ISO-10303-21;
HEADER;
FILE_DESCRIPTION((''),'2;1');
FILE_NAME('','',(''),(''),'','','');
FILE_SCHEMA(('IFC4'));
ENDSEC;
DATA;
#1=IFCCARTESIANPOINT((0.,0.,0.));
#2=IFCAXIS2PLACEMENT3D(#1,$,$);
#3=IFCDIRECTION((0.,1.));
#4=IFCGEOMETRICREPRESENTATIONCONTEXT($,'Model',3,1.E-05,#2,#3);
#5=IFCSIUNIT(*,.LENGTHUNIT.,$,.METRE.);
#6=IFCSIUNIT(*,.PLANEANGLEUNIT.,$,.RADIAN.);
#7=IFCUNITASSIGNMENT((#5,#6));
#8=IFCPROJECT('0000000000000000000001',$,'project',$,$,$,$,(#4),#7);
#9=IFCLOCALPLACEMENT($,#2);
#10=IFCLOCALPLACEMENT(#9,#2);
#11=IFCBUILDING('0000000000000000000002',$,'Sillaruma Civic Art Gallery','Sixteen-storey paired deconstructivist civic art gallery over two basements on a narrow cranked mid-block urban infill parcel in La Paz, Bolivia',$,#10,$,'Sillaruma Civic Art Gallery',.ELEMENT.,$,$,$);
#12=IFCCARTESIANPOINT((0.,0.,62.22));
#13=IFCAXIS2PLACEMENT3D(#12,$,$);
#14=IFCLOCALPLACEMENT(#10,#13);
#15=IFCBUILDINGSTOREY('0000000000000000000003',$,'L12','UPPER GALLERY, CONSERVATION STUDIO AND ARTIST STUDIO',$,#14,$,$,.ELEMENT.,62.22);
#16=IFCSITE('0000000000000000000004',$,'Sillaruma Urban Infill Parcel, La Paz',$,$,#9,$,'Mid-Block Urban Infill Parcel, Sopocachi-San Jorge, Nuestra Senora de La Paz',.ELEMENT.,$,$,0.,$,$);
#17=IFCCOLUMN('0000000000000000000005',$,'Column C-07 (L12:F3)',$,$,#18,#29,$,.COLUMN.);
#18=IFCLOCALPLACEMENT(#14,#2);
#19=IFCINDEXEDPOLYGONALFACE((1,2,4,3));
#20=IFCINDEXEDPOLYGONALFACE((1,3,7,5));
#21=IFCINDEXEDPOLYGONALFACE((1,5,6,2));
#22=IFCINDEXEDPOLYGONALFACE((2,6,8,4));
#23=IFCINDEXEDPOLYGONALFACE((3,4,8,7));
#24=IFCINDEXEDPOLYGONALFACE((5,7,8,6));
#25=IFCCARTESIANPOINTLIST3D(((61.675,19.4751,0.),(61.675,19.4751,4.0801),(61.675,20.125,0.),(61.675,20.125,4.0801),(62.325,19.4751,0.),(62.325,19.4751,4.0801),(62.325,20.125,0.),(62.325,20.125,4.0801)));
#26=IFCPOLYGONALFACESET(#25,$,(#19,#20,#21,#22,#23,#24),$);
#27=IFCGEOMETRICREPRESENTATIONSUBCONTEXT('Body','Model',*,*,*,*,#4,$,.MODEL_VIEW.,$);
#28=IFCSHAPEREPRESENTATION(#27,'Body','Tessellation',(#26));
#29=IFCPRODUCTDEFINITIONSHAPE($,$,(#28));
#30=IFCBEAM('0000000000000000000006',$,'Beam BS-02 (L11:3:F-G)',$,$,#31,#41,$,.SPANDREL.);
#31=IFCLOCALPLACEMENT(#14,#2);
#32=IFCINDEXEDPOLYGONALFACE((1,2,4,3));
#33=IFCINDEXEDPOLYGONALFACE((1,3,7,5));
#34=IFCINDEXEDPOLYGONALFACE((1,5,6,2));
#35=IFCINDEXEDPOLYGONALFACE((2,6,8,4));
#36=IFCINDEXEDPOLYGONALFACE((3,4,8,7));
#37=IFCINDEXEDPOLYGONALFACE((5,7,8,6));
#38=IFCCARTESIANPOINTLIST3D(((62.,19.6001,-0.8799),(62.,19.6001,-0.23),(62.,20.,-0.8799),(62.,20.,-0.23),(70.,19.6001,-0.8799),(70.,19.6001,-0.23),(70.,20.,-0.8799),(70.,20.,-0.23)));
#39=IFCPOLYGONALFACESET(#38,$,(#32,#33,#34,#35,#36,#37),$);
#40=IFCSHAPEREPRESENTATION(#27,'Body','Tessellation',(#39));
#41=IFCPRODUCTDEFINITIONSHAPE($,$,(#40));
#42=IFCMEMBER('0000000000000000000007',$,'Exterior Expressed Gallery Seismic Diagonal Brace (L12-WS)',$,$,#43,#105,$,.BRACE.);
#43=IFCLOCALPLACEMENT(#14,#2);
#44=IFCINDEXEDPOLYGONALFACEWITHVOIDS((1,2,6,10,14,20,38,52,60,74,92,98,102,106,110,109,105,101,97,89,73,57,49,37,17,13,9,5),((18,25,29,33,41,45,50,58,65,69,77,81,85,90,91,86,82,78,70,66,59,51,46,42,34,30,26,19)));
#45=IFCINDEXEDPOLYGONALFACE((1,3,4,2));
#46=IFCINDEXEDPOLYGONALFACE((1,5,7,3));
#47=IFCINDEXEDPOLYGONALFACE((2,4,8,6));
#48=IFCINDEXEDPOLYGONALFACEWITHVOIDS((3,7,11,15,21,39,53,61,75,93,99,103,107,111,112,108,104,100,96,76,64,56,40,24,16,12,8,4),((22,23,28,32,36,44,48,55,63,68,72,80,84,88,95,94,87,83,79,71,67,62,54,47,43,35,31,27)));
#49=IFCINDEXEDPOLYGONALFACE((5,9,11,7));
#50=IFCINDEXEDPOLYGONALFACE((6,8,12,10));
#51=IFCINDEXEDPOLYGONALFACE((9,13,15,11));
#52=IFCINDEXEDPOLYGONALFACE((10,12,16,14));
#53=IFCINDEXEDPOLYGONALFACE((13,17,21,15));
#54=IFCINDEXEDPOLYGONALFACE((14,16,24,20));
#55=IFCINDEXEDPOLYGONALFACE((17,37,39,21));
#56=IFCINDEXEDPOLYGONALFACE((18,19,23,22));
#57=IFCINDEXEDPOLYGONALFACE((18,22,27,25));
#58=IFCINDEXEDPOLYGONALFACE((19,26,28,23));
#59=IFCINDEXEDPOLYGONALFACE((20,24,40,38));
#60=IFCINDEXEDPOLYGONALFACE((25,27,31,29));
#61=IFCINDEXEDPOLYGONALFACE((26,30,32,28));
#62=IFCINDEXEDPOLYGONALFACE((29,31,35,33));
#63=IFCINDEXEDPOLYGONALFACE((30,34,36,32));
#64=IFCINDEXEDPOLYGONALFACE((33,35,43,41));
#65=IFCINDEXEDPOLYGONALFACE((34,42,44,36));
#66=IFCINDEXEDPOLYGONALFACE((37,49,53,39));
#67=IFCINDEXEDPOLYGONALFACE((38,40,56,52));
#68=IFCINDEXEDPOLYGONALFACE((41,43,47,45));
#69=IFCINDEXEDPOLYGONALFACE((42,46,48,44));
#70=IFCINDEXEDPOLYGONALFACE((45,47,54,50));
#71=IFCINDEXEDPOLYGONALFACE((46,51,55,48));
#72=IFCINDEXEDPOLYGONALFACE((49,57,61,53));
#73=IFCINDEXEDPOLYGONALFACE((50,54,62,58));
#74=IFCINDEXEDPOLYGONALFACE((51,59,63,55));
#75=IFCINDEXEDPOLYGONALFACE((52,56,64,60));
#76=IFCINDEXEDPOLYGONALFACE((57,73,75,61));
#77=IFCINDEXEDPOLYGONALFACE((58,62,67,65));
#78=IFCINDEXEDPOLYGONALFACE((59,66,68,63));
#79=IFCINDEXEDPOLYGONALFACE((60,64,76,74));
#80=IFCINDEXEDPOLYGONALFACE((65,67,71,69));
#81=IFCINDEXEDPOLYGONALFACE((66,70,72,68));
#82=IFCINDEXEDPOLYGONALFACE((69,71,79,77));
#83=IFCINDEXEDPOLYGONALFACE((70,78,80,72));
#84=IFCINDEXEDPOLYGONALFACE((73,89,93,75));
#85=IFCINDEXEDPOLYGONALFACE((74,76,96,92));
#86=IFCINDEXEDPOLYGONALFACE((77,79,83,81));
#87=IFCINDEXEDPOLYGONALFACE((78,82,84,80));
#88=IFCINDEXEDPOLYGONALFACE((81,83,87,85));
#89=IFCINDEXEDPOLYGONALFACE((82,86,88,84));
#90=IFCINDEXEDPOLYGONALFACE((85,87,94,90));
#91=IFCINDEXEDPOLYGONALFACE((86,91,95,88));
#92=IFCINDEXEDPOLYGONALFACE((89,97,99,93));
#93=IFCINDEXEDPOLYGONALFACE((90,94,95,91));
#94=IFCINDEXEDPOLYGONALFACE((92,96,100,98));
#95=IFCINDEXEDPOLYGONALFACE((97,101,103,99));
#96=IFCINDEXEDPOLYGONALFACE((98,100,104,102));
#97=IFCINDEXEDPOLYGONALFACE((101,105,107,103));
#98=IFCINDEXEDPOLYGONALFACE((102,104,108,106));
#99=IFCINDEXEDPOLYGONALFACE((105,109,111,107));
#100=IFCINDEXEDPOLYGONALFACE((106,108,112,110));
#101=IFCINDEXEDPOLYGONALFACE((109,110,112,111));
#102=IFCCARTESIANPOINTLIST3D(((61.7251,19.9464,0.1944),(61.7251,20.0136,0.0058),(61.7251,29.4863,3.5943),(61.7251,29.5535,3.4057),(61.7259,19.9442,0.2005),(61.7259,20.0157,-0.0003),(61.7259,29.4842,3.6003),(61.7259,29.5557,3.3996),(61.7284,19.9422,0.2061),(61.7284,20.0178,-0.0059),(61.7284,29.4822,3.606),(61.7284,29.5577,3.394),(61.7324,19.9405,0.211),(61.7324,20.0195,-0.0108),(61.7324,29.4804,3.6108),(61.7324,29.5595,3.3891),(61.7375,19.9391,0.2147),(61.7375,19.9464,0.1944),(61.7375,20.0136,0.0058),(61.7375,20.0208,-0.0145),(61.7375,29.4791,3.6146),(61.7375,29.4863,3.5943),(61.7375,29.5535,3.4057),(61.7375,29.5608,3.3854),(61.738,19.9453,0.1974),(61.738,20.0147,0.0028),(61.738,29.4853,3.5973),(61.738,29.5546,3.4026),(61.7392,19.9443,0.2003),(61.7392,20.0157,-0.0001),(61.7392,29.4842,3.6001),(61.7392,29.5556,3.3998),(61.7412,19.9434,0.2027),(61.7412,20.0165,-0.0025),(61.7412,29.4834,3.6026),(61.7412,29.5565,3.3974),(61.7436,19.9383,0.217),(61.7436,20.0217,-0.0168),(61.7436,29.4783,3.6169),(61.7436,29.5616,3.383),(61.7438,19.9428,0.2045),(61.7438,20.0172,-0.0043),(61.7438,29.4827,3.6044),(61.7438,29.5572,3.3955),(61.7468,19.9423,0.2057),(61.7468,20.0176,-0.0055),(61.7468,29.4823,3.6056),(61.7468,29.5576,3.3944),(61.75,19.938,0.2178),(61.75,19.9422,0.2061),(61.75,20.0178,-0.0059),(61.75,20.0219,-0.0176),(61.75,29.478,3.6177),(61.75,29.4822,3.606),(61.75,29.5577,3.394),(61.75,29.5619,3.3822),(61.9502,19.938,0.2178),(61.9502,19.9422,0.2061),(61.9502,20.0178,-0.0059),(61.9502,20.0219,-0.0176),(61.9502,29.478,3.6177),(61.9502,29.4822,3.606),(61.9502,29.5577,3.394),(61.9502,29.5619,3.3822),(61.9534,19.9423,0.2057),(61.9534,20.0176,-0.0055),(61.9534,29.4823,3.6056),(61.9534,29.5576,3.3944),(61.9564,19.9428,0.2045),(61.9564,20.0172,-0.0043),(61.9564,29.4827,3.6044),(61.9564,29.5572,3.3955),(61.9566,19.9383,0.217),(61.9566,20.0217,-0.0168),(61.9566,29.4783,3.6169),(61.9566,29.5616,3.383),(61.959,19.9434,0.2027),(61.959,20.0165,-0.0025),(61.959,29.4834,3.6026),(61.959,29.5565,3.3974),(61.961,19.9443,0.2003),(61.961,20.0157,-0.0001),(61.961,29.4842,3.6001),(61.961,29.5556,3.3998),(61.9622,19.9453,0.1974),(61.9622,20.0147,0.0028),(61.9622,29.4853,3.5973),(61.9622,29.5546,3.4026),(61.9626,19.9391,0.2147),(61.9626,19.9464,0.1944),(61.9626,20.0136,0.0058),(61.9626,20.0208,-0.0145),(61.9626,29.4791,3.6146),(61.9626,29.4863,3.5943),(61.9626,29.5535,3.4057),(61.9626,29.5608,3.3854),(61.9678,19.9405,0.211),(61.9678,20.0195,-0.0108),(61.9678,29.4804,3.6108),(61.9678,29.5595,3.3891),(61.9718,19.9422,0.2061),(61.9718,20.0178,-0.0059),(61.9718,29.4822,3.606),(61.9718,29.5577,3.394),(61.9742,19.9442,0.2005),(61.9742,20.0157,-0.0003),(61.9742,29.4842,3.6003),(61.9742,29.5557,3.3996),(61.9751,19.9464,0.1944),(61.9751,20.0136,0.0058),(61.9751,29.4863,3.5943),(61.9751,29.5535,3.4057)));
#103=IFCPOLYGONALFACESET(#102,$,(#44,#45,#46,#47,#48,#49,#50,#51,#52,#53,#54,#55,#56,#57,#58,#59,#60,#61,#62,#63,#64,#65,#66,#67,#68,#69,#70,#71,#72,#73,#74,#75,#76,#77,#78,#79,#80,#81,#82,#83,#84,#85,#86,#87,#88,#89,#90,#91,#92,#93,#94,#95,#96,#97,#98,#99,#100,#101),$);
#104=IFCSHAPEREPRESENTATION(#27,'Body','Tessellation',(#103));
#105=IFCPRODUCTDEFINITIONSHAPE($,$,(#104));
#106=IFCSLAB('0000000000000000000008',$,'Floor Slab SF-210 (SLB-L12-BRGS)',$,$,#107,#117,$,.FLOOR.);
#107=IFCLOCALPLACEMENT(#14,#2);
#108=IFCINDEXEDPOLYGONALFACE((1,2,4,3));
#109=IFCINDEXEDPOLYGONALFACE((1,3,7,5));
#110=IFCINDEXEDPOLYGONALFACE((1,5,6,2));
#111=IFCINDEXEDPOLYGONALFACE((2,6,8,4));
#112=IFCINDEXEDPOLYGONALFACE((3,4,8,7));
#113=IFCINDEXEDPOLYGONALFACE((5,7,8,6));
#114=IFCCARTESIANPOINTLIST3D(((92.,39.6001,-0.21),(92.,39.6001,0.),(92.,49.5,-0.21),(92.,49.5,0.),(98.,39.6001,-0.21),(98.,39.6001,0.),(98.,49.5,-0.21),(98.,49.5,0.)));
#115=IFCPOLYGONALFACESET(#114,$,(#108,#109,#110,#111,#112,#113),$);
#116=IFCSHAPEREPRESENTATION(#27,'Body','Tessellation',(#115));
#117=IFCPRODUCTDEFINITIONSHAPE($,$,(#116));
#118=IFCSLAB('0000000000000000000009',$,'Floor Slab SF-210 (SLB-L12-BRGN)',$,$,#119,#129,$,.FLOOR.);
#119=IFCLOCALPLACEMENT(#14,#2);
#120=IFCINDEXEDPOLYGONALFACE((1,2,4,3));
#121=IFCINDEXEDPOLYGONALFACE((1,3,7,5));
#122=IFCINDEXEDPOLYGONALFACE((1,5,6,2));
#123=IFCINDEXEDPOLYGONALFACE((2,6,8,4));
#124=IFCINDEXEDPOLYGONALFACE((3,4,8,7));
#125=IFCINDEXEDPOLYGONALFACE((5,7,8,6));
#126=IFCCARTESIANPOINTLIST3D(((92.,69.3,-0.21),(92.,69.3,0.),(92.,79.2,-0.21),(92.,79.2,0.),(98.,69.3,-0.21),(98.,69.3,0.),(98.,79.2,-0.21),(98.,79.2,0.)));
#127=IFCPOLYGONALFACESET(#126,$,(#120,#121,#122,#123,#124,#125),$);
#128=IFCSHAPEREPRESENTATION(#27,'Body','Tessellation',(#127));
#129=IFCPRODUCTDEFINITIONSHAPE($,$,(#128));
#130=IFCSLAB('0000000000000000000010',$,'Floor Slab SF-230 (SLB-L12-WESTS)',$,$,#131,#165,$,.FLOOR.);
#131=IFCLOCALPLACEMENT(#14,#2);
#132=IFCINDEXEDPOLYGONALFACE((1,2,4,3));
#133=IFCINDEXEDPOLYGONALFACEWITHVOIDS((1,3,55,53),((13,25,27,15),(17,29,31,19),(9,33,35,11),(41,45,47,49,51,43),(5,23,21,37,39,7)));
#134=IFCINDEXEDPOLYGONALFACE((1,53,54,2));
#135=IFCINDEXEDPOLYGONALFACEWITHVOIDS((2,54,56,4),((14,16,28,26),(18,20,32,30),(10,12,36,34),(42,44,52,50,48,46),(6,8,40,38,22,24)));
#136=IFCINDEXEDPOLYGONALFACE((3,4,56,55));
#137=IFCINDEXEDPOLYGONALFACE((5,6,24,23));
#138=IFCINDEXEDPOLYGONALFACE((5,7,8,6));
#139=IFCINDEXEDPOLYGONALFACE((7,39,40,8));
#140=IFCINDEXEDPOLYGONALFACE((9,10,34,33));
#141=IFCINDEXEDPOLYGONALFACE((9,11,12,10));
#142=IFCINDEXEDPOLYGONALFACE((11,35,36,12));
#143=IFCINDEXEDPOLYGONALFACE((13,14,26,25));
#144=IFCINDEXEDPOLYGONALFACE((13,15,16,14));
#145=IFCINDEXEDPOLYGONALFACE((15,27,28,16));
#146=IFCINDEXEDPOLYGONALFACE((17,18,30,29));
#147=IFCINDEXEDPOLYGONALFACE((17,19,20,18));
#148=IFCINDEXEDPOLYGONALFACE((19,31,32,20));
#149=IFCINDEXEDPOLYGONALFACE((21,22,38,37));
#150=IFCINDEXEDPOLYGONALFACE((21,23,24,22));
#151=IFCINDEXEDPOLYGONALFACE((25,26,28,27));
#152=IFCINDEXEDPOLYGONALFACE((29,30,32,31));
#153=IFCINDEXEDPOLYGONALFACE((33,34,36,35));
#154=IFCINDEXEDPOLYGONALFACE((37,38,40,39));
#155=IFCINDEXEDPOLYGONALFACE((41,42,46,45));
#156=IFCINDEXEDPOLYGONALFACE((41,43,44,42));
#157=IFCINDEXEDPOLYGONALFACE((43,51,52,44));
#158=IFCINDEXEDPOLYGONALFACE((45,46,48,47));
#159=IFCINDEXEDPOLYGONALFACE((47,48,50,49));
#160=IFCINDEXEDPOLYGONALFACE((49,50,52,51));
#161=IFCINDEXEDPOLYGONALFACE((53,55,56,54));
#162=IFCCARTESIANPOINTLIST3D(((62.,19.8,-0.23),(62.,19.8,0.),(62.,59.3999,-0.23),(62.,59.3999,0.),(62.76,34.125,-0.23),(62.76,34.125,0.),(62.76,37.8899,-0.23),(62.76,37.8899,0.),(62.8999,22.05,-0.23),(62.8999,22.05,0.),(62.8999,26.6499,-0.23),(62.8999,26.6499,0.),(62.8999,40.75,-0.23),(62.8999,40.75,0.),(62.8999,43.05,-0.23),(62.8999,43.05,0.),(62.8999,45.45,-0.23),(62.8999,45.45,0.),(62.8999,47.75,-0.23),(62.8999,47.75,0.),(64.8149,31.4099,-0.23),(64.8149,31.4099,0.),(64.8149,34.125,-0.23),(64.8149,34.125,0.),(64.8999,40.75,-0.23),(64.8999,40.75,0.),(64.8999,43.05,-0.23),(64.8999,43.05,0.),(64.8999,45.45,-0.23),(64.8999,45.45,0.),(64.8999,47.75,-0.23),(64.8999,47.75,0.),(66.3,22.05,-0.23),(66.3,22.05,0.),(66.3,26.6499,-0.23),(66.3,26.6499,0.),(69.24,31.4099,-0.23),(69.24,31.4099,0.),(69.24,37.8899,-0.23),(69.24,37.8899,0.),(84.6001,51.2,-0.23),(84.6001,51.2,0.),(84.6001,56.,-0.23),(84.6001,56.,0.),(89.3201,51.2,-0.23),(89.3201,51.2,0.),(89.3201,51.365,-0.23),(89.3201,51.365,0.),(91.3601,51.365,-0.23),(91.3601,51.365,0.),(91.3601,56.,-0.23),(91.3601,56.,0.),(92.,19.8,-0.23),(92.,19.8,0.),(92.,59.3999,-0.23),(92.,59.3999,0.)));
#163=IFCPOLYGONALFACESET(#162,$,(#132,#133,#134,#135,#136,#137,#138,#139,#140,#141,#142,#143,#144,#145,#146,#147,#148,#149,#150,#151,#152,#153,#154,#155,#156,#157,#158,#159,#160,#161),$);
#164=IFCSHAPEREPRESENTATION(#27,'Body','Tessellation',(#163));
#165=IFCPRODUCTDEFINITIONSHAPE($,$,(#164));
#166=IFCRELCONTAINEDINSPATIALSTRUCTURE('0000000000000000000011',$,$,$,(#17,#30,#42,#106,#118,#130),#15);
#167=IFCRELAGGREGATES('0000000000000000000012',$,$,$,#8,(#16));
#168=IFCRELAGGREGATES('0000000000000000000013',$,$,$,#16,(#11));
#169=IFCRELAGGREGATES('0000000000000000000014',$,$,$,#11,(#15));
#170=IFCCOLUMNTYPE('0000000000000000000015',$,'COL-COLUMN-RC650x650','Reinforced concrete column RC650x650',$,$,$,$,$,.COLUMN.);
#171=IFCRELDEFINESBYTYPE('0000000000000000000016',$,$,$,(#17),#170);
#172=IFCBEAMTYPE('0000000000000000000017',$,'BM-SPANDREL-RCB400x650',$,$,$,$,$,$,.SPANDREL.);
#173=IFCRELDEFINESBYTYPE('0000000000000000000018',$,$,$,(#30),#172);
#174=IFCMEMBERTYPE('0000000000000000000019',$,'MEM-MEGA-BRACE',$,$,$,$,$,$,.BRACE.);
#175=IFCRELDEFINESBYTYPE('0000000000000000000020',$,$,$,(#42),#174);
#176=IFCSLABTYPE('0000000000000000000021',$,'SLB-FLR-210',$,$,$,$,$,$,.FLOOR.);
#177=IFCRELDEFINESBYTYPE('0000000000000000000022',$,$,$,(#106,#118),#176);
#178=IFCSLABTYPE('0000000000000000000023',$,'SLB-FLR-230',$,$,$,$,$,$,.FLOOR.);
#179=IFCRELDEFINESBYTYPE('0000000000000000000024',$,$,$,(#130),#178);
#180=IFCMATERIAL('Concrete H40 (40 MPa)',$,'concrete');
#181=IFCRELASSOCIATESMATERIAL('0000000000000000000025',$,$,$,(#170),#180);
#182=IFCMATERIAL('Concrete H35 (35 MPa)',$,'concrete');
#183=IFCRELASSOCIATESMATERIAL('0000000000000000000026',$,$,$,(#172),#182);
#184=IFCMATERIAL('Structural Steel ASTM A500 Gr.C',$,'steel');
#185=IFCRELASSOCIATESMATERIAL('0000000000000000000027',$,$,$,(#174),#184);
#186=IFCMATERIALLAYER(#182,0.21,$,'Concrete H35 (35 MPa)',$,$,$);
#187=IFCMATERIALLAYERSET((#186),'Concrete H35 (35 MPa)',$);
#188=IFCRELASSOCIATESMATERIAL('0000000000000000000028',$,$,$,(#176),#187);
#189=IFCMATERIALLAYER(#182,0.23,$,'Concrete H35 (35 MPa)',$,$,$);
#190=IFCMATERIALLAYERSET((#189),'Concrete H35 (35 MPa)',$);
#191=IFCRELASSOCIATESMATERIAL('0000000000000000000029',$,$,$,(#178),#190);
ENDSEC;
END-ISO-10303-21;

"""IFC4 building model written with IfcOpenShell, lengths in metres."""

from ifc_helpers import new_model, si_unit, direction, frame, origin, origin_2d, place, context, subcontext, project, spatial, polyline, rectangle, hollow_rectangle, outline, extrude, material, layer, layer_set, material_profile, profile_set, type_object, element, save


model = new_model("IFC4")

# Units and contexts
model_context = context("Model", 3, precision=1e-05, world=origin(), true_north=direction((0.0, 1.0)))
body_context = subcontext(model_context, "Body", "Model", "MODEL_VIEW")
ifc_project = project(units=[si_unit("LENGTHUNIT", "METRE"), si_unit("PLANEANGLEUNIT", "RADIAN")], contexts=[model_context])

# Site, building, storey
site_placement = place(None, origin())
site = spatial("IfcSite", under=ifc_project, at=site_placement, Name="Sillaruma Urban Infill Parcel, La Paz", LongName="Mid-Block Urban Infill Parcel, Sopocachi-San Jorge, Nuestra Senora de La Paz", CompositionType="ELEMENT", RefElevation=0.0)
building_placement = place(site_placement, origin())
building = spatial("IfcBuilding", under=site, at=building_placement, Name="Sillaruma Civic Art Gallery", Description="Sixteen-storey paired deconstructivist civic art gallery over two basements on a narrow cranked mid-block urban infill parcel in La Paz, Bolivia", LongName="Sillaruma Civic Art Gallery", CompositionType="ELEMENT")
storey_placement = place(building_placement, frame((0.0, 0.0, 62.22)))
storey = spatial("IfcBuildingStorey", under=building, at=storey_placement, Name="L12", Description="UPPER GALLERY, CONSERVATION STUDIO AND ARTIST STUDIO", CompositionType="ELEMENT", Elevation=62.22)

# Column
ifc_material_1 = material(Name="Concrete H40 (40 MPa)", Category="concrete")
ifc_material_profile_1 = material_profile(ifc_material_1, rectangle(XDim=0.6499, YDim=0.6499, at=origin_2d()), Name="RC650x650")
ifc_profile_set_1 = profile_set([ifc_material_profile_1], Name="Concrete H40 (40 MPa)")
column_type = type_object("IfcColumnType", Name="COL-COLUMN-RC650x650", Description="Reinforced concrete column RC650x650", PredefinedType="COLUMN", material=ifc_profile_set_1)
column_placement = place(storey_placement, frame((62.0, 19.8, 0.0), z_axis=(0.0, 0.0, 1.0), x_axis=(1.0, 0.0, 0.0)))
element("IfcColumn", 1, at=column_placement, inside=storey, type_object=column_type, Name="Column C-07 (L12:F3)", PredefinedType="COLUMN", context=body_context, shape_type="SweptSolid", body=[
    extrude(rectangle(XDim=0.6499, YDim=0.6499, at=origin_2d()), origin(), (0.0, 0.0, 1.0), 4.0801),
])

# Beam
ifc_material_2 = material(Name="Concrete H35 (35 MPa)", Category="concrete")
ifc_material_profile_2 = material_profile(ifc_material_2, rectangle(XDim=0.3999, YDim=0.6499, at=origin_2d()), Name="RCB400x650")
ifc_profile_set_2 = profile_set([ifc_material_profile_2], Name="Concrete H35 (35 MPa)")
beam_type = type_object("IfcBeamType", Name="BM-SPANDREL-RCB400x650", PredefinedType="SPANDREL", material=ifc_profile_set_2)
beam_placement = place(storey_placement, frame((62.0, 19.8, -0.5549), z_axis=(1.0, 0.0, 0.0), x_axis=(0.0, 1.0, 0.0)))
element("IfcBeam", 2, at=beam_placement, inside=storey, type_object=beam_type, Name="Beam BS-02 (L11:3:F-G)", PredefinedType="SPANDREL", context=body_context, shape_type="SweptSolid", body=[
    extrude(rectangle(XDim=0.3999, YDim=0.6499, at=origin_2d()), origin(), (0.0, 0.0, 1.0), 8.0),
])

# Member
ifc_material_3 = material(Name="Structural Steel ASTM A500 Gr.C", Category="steel")
ifc_material_profile_3 = material_profile(ifc_material_3, hollow_rectangle(XDim=0.25, YDim=0.25, WallThickness=0.0125, InnerFilletRadius=0.0125, OuterFilletRadius=0.0249, at=origin_2d()), Name="HSS250x250x12.5")
ifc_profile_set_3 = profile_set([ifc_material_profile_3], Name="Structural Steel ASTM A500 Gr.C")
member_type = type_object("IfcMemberType", Name="MEM-MEGA-BRACE", PredefinedType="BRACE", material=ifc_profile_set_3)
member_placement = place(storey_placement, frame((61.8501, 19.98, 0.1001), z_axis=(0.0, 0.941969, 0.335701), x_axis=(-1.0, 0.0, 0.0)))
element("IfcMember", 3, at=member_placement, inside=storey, type_object=member_type, Name="Exterior Expressed Gallery Seismic Diagonal Brace (L12-WS)", PredefinedType="BRACE", context=body_context, shape_type="SweptSolid", body=[
    extrude(hollow_rectangle(XDim=0.25, YDim=0.25, WallThickness=0.0125, InnerFilletRadius=0.0125, OuterFilletRadius=0.0249, at=origin_2d()), origin(), (0.0, 0.0, 1.0), 10.1277),
])

# Slabs
ifc_layer_1 = layer(ifc_material_2, 0.21, Name="Concrete H35 (35 MPa)")
ifc_layer_set_1 = layer_set([ifc_layer_1], Name="Concrete H35 (35 MPa)")
slab_type_1 = type_object("IfcSlabType", Name="SLB-FLR-210", PredefinedType="FLOOR", material=ifc_layer_set_1)
slab_1_placement = place(storey_placement, frame((0.0, 0.0, -0.21)))
element("IfcSlab", 4, at=slab_1_placement, inside=storey, type_object=slab_type_1, Name="Floor Slab SF-210 (SLB-L12-BRGS)", PredefinedType="FLOOR", context=body_context, shape_type="SweptSolid", body=[
    extrude(outline(polyline([(92.0, 39.6001), (98.0, 39.6001), (98.0, 49.5), (92.0, 49.5), (92.0, 39.6001)])), origin(), (0.0, 0.0, 1.0), 0.21),
])
slab_2_placement = place(storey_placement, frame((0.0, 0.0, -0.21)))
element("IfcSlab", 5, at=slab_2_placement, inside=storey, type_object=slab_type_1, Name="Floor Slab SF-210 (SLB-L12-BRGN)", PredefinedType="FLOOR", context=body_context, shape_type="SweptSolid", body=[
    extrude(outline(polyline([(92.0, 69.3), (98.0, 69.3), (98.0, 79.2), (92.0, 79.2), (92.0, 69.3)])), origin(), (0.0, 0.0, 1.0), 0.21),
])
ifc_layer_2 = layer(ifc_material_2, 0.23, Name="Concrete H35 (35 MPa)")
ifc_layer_set_2 = layer_set([ifc_layer_2], Name="Concrete H35 (35 MPa)")
slab_type_2 = type_object("IfcSlabType", Name="SLB-FLR-230", PredefinedType="FLOOR", material=ifc_layer_set_2)
slab_3_placement = place(storey_placement, frame((0.0, 0.0, -0.23)))
element("IfcSlab", 6, at=slab_3_placement, inside=storey, type_object=slab_type_2, Name="Floor Slab SF-230 (SLB-L12-WESTS)", PredefinedType="FLOOR", context=body_context, shape_type="SweptSolid", body=[
    extrude(outline(polyline([(62.0, 19.8), (92.0, 19.8), (92.0, 59.3999), (62.0, 59.3999), (62.0, 19.8)]), holes=[polyline([(64.8149, 31.4099), (69.24, 31.4099), (69.24, 37.8899), (62.76, 37.8899), (62.76, 34.125), (64.8149, 34.125), (64.8149, 31.4099)]), polyline([(84.6001, 51.2), (89.3201, 51.2), (89.3201, 51.365), (91.3601, 51.365), (91.3601, 56.0), (84.6001, 56.0), (84.6001, 51.2)]), polyline([(62.8999, 40.75), (64.8999, 40.75), (64.8999, 43.05), (62.8999, 43.05), (62.8999, 40.75)]), polyline([(62.8999, 45.45), (64.8999, 45.45), (64.8999, 47.75), (62.8999, 47.75), (62.8999, 45.45)]), polyline([(62.8999, 22.05), (66.3, 22.05), (66.3, 26.6499), (62.8999, 26.6499), (62.8999, 22.05)])]), origin(), (0.0, 0.0, 1.0), 0.23),
])

save(model, "model.ifc")
